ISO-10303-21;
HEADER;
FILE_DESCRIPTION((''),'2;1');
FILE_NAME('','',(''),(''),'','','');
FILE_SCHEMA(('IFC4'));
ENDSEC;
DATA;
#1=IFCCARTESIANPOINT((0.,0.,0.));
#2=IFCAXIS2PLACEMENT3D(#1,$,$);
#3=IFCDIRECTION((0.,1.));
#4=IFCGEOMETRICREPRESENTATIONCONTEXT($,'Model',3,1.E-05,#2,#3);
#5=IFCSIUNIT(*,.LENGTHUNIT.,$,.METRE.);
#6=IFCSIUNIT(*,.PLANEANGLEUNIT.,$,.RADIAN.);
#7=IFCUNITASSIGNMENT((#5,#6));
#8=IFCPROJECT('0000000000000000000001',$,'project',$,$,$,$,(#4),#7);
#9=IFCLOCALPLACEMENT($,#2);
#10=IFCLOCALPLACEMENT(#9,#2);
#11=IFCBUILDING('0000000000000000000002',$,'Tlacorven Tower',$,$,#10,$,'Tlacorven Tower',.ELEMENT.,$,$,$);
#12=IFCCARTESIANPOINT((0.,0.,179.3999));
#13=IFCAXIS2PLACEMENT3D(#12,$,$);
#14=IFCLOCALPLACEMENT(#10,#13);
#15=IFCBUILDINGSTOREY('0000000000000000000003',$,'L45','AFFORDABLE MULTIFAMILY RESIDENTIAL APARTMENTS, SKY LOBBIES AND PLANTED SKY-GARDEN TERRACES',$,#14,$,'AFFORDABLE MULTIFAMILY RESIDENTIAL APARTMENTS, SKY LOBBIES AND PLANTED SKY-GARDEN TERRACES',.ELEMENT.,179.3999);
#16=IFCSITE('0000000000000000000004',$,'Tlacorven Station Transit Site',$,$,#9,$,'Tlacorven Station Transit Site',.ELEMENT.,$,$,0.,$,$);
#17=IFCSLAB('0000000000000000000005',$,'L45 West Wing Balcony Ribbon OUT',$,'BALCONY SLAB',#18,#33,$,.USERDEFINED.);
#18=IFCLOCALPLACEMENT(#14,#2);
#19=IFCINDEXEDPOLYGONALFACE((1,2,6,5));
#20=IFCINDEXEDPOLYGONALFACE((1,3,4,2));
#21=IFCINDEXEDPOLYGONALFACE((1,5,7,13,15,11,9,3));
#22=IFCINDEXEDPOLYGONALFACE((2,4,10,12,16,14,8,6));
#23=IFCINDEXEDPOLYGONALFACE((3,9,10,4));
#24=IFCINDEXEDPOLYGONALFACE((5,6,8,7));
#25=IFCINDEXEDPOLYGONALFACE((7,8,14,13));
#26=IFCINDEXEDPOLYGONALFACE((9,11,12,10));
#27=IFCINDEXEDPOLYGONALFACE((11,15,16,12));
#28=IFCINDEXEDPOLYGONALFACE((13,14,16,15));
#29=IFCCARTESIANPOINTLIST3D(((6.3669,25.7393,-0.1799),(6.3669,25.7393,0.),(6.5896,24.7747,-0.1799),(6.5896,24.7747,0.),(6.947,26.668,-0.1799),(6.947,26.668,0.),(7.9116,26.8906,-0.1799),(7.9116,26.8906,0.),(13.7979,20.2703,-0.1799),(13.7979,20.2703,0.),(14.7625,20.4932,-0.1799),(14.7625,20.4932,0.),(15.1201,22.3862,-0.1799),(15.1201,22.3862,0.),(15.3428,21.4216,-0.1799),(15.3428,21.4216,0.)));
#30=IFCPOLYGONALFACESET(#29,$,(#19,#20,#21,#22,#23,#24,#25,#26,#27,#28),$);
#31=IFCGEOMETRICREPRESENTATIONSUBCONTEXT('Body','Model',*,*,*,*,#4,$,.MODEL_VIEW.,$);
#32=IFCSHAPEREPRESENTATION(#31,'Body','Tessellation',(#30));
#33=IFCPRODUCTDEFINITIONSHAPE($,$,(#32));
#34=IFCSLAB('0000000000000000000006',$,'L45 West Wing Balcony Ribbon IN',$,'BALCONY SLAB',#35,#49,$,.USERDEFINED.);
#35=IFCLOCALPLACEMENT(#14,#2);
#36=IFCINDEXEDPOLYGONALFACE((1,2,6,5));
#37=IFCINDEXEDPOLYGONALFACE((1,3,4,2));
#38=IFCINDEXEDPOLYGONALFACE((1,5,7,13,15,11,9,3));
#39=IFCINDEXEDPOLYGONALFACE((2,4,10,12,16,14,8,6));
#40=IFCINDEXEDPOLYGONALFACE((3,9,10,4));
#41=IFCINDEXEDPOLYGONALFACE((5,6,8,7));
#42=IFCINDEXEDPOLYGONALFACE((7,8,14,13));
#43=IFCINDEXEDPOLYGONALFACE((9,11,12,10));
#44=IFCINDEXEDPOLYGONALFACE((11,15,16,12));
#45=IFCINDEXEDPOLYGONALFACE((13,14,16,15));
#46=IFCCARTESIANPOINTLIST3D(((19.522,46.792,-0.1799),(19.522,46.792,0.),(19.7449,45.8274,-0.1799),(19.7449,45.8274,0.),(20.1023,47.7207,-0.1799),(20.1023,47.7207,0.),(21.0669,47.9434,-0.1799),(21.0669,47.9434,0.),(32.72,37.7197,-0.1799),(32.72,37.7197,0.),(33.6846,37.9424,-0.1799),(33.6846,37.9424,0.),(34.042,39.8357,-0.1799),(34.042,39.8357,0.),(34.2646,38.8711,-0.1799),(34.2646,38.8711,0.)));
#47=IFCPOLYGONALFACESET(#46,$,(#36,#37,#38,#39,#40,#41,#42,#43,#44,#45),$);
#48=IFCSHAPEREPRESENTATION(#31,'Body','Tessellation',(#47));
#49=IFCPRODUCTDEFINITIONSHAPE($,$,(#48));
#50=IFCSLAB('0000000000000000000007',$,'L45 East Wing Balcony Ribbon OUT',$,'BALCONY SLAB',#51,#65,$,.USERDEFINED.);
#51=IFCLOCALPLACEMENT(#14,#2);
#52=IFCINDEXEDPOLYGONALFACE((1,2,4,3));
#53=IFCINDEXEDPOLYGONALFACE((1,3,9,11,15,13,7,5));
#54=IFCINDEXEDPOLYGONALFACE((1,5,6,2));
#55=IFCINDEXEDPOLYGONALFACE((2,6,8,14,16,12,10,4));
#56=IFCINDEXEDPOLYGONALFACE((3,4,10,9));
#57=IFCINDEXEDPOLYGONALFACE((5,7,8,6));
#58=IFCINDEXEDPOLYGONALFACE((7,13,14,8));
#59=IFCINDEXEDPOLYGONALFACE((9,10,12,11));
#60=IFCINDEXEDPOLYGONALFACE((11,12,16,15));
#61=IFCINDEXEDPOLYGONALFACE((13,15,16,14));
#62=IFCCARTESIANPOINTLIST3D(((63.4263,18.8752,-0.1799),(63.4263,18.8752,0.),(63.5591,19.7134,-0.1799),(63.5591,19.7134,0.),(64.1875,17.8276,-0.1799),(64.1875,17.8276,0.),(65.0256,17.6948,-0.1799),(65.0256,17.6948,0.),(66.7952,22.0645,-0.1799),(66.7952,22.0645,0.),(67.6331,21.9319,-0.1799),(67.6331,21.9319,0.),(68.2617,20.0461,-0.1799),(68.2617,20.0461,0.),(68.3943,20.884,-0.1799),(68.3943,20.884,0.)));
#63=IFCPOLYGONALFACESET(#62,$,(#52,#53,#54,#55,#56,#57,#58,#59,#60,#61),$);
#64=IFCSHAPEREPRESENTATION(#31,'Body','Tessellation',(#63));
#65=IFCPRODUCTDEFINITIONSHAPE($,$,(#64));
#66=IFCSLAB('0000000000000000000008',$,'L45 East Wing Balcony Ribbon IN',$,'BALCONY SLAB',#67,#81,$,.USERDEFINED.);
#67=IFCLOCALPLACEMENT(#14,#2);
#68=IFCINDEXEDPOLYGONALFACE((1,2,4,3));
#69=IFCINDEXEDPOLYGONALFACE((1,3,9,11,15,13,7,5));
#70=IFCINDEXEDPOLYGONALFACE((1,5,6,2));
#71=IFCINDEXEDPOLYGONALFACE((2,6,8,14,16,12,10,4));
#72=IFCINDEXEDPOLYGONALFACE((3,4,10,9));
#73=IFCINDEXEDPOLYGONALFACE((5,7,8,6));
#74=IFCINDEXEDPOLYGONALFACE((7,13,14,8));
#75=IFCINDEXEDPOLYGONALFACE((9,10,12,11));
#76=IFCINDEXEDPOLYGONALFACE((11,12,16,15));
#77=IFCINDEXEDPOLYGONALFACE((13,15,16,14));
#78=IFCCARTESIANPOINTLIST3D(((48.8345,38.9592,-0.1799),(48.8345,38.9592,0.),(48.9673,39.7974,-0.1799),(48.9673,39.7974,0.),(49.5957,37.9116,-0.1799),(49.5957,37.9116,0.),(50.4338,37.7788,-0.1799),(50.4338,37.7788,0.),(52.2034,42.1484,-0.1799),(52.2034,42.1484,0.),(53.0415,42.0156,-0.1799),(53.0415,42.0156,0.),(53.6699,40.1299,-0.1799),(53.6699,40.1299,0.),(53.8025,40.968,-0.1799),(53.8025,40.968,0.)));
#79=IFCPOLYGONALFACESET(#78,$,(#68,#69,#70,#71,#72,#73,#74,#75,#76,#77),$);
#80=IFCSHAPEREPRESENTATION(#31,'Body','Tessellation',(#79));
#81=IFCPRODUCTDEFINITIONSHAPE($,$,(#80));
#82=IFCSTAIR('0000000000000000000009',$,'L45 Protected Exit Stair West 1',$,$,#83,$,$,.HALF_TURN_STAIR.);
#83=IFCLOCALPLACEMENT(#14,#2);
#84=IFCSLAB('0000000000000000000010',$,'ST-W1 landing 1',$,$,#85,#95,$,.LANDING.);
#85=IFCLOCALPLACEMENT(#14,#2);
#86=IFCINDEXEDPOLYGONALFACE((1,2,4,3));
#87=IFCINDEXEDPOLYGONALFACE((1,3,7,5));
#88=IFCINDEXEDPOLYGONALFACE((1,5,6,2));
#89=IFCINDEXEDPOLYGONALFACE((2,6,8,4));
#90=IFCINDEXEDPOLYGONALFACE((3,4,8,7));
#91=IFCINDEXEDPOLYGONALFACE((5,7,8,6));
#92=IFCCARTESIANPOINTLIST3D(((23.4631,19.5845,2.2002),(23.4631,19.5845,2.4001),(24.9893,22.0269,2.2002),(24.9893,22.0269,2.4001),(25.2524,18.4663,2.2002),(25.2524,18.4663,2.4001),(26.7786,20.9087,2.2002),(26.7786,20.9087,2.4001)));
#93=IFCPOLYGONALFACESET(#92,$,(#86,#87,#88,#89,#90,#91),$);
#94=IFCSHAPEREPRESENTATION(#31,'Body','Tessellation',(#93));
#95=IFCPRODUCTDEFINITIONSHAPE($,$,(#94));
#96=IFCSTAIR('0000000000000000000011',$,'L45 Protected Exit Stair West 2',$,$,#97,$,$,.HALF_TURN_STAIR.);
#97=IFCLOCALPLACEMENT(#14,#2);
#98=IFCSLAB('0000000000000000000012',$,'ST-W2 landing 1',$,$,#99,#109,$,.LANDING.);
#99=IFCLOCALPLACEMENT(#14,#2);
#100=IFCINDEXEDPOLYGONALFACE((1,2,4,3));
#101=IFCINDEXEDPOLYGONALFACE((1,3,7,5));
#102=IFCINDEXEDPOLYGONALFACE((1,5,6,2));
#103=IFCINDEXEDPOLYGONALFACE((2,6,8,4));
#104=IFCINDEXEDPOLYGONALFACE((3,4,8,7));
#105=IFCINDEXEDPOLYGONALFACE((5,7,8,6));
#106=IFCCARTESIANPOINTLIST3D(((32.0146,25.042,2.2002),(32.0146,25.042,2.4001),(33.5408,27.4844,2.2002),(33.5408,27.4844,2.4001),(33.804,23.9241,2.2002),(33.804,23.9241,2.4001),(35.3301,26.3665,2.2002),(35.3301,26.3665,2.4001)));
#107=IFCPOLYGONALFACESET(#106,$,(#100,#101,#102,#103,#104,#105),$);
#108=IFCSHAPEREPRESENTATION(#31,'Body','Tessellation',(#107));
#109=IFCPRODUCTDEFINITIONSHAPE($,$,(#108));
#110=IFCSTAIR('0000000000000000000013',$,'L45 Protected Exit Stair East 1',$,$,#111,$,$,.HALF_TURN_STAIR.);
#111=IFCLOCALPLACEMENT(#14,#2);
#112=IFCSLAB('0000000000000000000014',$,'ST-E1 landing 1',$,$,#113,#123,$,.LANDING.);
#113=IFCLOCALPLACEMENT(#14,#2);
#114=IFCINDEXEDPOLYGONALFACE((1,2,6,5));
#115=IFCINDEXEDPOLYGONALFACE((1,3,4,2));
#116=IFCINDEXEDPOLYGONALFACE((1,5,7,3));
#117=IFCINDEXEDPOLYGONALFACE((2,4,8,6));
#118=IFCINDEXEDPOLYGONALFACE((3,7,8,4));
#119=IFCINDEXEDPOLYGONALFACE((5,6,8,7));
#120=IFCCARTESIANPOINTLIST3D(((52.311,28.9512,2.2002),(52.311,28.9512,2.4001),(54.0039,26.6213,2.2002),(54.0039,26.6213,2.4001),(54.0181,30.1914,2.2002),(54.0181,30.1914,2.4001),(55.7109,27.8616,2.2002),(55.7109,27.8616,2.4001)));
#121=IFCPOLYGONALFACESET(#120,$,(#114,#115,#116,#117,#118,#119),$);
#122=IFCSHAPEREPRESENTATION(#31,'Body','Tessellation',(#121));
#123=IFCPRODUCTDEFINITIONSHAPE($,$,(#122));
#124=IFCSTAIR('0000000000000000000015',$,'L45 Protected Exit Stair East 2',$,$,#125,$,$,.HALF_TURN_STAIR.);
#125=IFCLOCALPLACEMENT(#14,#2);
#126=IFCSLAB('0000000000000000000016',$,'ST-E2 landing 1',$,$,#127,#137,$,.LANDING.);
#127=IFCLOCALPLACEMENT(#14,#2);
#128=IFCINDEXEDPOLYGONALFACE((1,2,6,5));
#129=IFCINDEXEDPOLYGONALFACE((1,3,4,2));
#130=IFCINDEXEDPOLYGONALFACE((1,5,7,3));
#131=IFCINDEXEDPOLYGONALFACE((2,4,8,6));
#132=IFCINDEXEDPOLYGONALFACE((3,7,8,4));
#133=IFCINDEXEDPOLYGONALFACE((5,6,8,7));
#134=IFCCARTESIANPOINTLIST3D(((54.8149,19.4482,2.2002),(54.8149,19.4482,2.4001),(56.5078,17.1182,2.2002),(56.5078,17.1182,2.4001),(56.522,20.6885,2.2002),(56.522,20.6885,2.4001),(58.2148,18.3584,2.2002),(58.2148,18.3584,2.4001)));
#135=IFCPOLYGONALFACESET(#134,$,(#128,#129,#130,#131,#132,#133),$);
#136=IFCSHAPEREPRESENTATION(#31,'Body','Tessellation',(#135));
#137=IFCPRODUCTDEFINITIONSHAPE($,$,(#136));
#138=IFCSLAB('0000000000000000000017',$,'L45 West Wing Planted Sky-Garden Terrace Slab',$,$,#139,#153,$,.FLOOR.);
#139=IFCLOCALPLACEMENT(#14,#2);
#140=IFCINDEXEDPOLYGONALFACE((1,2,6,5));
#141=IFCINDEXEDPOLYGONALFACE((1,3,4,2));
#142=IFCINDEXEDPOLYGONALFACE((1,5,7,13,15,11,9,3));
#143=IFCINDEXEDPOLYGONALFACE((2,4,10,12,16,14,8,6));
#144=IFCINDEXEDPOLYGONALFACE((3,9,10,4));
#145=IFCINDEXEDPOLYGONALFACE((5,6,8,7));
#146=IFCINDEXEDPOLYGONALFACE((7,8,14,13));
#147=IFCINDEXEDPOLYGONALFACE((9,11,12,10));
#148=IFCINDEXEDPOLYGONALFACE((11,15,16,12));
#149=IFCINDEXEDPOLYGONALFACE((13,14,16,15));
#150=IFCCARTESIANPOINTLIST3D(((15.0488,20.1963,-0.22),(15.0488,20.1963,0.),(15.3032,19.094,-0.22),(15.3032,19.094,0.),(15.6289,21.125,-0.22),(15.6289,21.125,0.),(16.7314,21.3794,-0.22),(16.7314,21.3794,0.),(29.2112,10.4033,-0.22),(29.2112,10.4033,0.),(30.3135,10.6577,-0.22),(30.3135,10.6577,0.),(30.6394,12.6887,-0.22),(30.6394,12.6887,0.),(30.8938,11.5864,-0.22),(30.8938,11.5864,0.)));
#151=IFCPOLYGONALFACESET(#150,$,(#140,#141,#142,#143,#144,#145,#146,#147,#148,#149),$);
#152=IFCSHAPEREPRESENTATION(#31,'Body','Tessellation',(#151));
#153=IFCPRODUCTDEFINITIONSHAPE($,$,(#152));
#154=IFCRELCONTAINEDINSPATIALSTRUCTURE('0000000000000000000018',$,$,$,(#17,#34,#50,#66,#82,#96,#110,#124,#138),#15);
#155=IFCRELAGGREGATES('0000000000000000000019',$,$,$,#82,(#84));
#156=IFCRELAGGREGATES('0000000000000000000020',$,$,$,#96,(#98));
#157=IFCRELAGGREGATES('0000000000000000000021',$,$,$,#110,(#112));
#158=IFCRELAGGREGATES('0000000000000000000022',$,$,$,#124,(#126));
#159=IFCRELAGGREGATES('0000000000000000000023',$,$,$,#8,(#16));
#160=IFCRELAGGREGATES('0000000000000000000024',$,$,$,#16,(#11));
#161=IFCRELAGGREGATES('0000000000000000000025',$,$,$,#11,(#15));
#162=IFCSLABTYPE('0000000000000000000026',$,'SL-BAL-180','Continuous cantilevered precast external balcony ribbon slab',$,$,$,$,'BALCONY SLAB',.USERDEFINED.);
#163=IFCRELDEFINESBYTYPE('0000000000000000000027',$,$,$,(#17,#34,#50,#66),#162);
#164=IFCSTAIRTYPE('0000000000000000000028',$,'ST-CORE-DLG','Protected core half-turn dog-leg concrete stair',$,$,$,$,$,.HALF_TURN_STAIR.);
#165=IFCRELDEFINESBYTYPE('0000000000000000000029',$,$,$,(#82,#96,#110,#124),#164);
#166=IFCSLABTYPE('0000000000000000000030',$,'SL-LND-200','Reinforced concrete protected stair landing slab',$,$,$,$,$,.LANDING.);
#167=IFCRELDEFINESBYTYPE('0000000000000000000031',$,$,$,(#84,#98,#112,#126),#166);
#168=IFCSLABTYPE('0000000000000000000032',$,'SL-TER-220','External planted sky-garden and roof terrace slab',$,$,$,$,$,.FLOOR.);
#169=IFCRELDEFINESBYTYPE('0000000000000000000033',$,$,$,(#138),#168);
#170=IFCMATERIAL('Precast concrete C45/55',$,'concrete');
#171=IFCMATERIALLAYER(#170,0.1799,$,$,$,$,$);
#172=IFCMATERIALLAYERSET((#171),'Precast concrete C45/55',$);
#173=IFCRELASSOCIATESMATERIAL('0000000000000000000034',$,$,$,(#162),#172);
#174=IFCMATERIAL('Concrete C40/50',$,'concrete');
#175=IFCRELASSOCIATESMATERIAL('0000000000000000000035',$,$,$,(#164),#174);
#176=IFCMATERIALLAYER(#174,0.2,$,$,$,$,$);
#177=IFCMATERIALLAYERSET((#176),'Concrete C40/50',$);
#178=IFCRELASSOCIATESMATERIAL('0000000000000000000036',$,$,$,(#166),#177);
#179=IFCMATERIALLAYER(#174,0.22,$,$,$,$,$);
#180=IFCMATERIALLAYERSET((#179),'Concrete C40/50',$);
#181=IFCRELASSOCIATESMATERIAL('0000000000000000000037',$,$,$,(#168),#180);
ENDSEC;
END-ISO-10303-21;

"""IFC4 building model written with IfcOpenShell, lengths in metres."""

from ifc_helpers import new_model, si_unit, direction, frame, origin, place, context, subcontext, project, spatial, polyline, outline, extrude, material, layer, layer_set, type_object, element, aggregate, save


model = new_model("IFC4")

# Units and contexts
model_context = context("Model", 3, precision=1e-05, world=origin(), true_north=direction((0.0, 1.0)))
body_context = subcontext(model_context, "Body", "Model", "MODEL_VIEW")
ifc_project = project(units=[si_unit("LENGTHUNIT", "METRE"), si_unit("PLANEANGLEUNIT", "RADIAN")], contexts=[model_context])

# Site, building, storey
site_placement = place(None, origin())
site = spatial("IfcSite", under=ifc_project, at=site_placement, Name="Tlacorven Station Transit Site", LongName="Tlacorven Station Transit Site", CompositionType="ELEMENT", RefElevation=0.0)
building_placement = place(site_placement, origin())
building = spatial("IfcBuilding", under=site, at=building_placement, Name="Tlacorven Tower", LongName="Tlacorven Tower", CompositionType="ELEMENT")
storey_placement = place(building_placement, frame((0.0, 0.0, 179.3999)))
storey = spatial("IfcBuildingStorey", under=building, at=storey_placement, Name="L45", Description="AFFORDABLE MULTIFAMILY RESIDENTIAL APARTMENTS, SKY LOBBIES AND PLANTED SKY-GARDEN TERRACES", LongName="AFFORDABLE MULTIFAMILY RESIDENTIAL APARTMENTS, SKY LOBBIES AND PLANTED SKY-GARDEN TERRACES", CompositionType="ELEMENT", Elevation=179.3999)

# Slabs
ifc_material_1 = material(Name="Precast concrete C45/55", Category="concrete")
ifc_layer_1 = layer(ifc_material_1, 0.1799)
ifc_layer_set_1 = layer_set([ifc_layer_1], Name="Precast concrete C45/55")
slab_type_1 = type_object("IfcSlabType", Name="SL-BAL-180", Description="Continuous cantilevered precast external balcony ribbon slab", ElementType="BALCONY SLAB", PredefinedType="USERDEFINED", material=ifc_layer_set_1)
slab_1_placement = place(storey_placement, frame((0.0, 0.0, -0.1799)))
element("IfcSlab", 1, at=slab_1_placement, inside=storey, type_object=slab_type_1, Name="L45 West Wing Balcony Ribbon OUT", ObjectType="BALCONY SLAB", PredefinedType="USERDEFINED", context=body_context, shape_type="SweptSolid", body=[
    extrude(outline(polyline([(15.1201, 22.3862), (7.9116, 26.8906), (6.947, 26.668), (6.3669, 25.7393), (6.5896, 24.7747), (13.7979, 20.2703), (14.7625, 20.4932), (15.3428, 21.4216), (15.1201, 22.3862)])), origin(), (0.0, 0.0, 1.0), 0.1799),
])
slab_2_placement = place(storey_placement, frame((0.0, 0.0, -0.1799)))
element("IfcSlab", 2, at=slab_2_placement, inside=storey, type_object=slab_type_1, Name="L45 West Wing Balcony Ribbon IN", ObjectType="BALCONY SLAB", PredefinedType="USERDEFINED", context=body_context, shape_type="SweptSolid", body=[
    extrude(outline(polyline([(34.042, 39.8357), (21.0669, 47.9434), (20.1023, 47.7207), (19.522, 46.792), (19.7449, 45.8274), (32.72, 37.7197), (33.6846, 37.9424), (34.2646, 38.8711), (34.042, 39.8357)])), origin(), (0.0, 0.0, 1.0), 0.1799),
])
slab_3_placement = place(storey_placement, frame((0.0, 0.0, -0.1799)))
element("IfcSlab", 3, at=slab_3_placement, inside=storey, type_object=slab_type_1, Name="L45 East Wing Balcony Ribbon OUT", ObjectType="BALCONY SLAB", PredefinedType="USERDEFINED", context=body_context, shape_type="SweptSolid", body=[
    extrude(outline(polyline([(65.0256, 17.6948), (68.2617, 20.0461), (68.3943, 20.884), (67.6331, 21.9319), (66.7952, 22.0645), (63.5591, 19.7134), (63.4263, 18.8752), (64.1875, 17.8276), (65.0256, 17.6948)])), origin(), (0.0, 0.0, 1.0), 0.1799),
])
slab_4_placement = place(storey_placement, frame((0.0, 0.0, -0.1799)))
element("IfcSlab", 4, at=slab_4_placement, inside=storey, type_object=slab_type_1, Name="L45 East Wing Balcony Ribbon IN", ObjectType="BALCONY SLAB", PredefinedType="USERDEFINED", context=body_context, shape_type="SweptSolid", body=[
    extrude(outline(polyline([(50.4338, 37.7788), (53.6699, 40.1299), (53.8025, 40.968), (53.0415, 42.0156), (52.2034, 42.1484), (48.9673, 39.7974), (48.8345, 38.9592), (49.5957, 37.9116), (50.4338, 37.7788)])), origin(), (0.0, 0.0, 1.0), 0.1799),
])

# Stairs, slabs
ifc_material_2 = material(Name="Concrete C40/50", Category="concrete")
stair_type = type_object("IfcStairType", Name="ST-CORE-DLG", Description="Protected core half-turn dog-leg concrete stair", PredefinedType="HALF_TURN_STAIR", material=ifc_material_2)
stair_1_placement = place(storey_placement, origin())
stair_1 = element("IfcStair", 5, at=stair_1_placement, inside=storey, type_object=stair_type, Name="L45 Protected Exit Stair West 1", PredefinedType="HALF_TURN_STAIR")
ifc_layer_2 = layer(ifc_material_2, 0.2)
ifc_layer_set_2 = layer_set([ifc_layer_2], Name="Concrete C40/50")
slab_type_2 = type_object("IfcSlabType", Name="SL-LND-200", Description="Reinforced concrete protected stair landing slab", PredefinedType="LANDING", material=ifc_layer_set_2)
slab_5_placement = place(storey_placement, frame((0.0, 0.0, 2.2002)))
slab_5 = element("IfcSlab", 6, at=slab_5_placement, type_object=slab_type_2, Name="ST-W1 landing 1", PredefinedType="LANDING", context=body_context, shape_type="SweptSolid", body=[
    extrude(outline(polyline([(26.7786, 20.9087), (24.9893, 22.0269), (23.4631, 19.5845), (25.2524, 18.4663), (26.7786, 20.9087)])), origin(), (0.0, 0.0, 1.0), 0.2),
])
aggregate(stair_1, [slab_5])
stair_2_placement = place(storey_placement, origin())
stair_2 = element("IfcStair", 7, at=stair_2_placement, inside=storey, type_object=stair_type, Name="L45 Protected Exit Stair West 2", PredefinedType="HALF_TURN_STAIR")
slab_6_placement = place(storey_placement, frame((0.0, 0.0, 2.2002)))
slab_6 = element("IfcSlab", 8, at=slab_6_placement, type_object=slab_type_2, Name="ST-W2 landing 1", PredefinedType="LANDING", context=body_context, shape_type="SweptSolid", body=[
    extrude(outline(polyline([(35.3301, 26.3665), (33.5408, 27.4844), (32.0146, 25.042), (33.804, 23.9241), (35.3301, 26.3665)])), origin(), (0.0, 0.0, 1.0), 0.2),
])
aggregate(stair_2, [slab_6])
stair_3_placement = place(storey_placement, origin())
stair_3 = element("IfcStair", 9, at=stair_3_placement, inside=storey, type_object=stair_type, Name="L45 Protected Exit Stair East 1", PredefinedType="HALF_TURN_STAIR")
slab_7_placement = place(storey_placement, frame((0.0, 0.0, 2.2002)))
slab_7 = element("IfcSlab", 10, at=slab_7_placement, type_object=slab_type_2, Name="ST-E1 landing 1", PredefinedType="LANDING", context=body_context, shape_type="SweptSolid", body=[
    extrude(outline(polyline([(54.0039, 26.6213), (55.7109, 27.8616), (54.0181, 30.1914), (52.311, 28.9512), (54.0039, 26.6213)])), origin(), (0.0, 0.0, 1.0), 0.2),
])
aggregate(stair_3, [slab_7])
stair_4_placement = place(storey_placement, origin())
stair_4 = element("IfcStair", 11, at=stair_4_placement, inside=storey, type_object=stair_type, Name="L45 Protected Exit Stair East 2", PredefinedType="HALF_TURN_STAIR")
slab_8_placement = place(storey_placement, frame((0.0, 0.0, 2.2002)))
slab_8 = element("IfcSlab", 12, at=slab_8_placement, type_object=slab_type_2, Name="ST-E2 landing 1", PredefinedType="LANDING", context=body_context, shape_type="SweptSolid", body=[
    extrude(outline(polyline([(56.5078, 17.1182), (58.2148, 18.3584), (56.522, 20.6885), (54.8149, 19.4482), (56.5078, 17.1182)])), origin(), (0.0, 0.0, 1.0), 0.2),
])
aggregate(stair_4, [slab_8])

# Slab
ifc_layer_3 = layer(ifc_material_2, 0.22)
ifc_layer_set_3 = layer_set([ifc_layer_3], Name="Concrete C40/50")
slab_type_3 = type_object("IfcSlabType", Name="SL-TER-220", Description="External planted sky-garden and roof terrace slab", PredefinedType="FLOOR", material=ifc_layer_set_3)
slab_9_placement = place(storey_placement, frame((0.0, 0.0, -0.22)))
element("IfcSlab", 13, at=slab_9_placement, inside=storey, type_object=slab_type_3, Name="L45 West Wing Planted Sky-Garden Terrace Slab", PredefinedType="FLOOR", context=body_context, shape_type="SweptSolid", body=[
    extrude(outline(polyline([(30.6394, 12.6887), (16.7314, 21.3794), (15.6289, 21.125), (15.0488, 20.1963), (15.3032, 19.094), (29.2112, 10.4033), (30.3135, 10.6577), (30.8938, 11.5864), (30.6394, 12.6887)])), origin(), (0.0, 0.0, 1.0), 0.22),
])

save(model, "model.ifc")
